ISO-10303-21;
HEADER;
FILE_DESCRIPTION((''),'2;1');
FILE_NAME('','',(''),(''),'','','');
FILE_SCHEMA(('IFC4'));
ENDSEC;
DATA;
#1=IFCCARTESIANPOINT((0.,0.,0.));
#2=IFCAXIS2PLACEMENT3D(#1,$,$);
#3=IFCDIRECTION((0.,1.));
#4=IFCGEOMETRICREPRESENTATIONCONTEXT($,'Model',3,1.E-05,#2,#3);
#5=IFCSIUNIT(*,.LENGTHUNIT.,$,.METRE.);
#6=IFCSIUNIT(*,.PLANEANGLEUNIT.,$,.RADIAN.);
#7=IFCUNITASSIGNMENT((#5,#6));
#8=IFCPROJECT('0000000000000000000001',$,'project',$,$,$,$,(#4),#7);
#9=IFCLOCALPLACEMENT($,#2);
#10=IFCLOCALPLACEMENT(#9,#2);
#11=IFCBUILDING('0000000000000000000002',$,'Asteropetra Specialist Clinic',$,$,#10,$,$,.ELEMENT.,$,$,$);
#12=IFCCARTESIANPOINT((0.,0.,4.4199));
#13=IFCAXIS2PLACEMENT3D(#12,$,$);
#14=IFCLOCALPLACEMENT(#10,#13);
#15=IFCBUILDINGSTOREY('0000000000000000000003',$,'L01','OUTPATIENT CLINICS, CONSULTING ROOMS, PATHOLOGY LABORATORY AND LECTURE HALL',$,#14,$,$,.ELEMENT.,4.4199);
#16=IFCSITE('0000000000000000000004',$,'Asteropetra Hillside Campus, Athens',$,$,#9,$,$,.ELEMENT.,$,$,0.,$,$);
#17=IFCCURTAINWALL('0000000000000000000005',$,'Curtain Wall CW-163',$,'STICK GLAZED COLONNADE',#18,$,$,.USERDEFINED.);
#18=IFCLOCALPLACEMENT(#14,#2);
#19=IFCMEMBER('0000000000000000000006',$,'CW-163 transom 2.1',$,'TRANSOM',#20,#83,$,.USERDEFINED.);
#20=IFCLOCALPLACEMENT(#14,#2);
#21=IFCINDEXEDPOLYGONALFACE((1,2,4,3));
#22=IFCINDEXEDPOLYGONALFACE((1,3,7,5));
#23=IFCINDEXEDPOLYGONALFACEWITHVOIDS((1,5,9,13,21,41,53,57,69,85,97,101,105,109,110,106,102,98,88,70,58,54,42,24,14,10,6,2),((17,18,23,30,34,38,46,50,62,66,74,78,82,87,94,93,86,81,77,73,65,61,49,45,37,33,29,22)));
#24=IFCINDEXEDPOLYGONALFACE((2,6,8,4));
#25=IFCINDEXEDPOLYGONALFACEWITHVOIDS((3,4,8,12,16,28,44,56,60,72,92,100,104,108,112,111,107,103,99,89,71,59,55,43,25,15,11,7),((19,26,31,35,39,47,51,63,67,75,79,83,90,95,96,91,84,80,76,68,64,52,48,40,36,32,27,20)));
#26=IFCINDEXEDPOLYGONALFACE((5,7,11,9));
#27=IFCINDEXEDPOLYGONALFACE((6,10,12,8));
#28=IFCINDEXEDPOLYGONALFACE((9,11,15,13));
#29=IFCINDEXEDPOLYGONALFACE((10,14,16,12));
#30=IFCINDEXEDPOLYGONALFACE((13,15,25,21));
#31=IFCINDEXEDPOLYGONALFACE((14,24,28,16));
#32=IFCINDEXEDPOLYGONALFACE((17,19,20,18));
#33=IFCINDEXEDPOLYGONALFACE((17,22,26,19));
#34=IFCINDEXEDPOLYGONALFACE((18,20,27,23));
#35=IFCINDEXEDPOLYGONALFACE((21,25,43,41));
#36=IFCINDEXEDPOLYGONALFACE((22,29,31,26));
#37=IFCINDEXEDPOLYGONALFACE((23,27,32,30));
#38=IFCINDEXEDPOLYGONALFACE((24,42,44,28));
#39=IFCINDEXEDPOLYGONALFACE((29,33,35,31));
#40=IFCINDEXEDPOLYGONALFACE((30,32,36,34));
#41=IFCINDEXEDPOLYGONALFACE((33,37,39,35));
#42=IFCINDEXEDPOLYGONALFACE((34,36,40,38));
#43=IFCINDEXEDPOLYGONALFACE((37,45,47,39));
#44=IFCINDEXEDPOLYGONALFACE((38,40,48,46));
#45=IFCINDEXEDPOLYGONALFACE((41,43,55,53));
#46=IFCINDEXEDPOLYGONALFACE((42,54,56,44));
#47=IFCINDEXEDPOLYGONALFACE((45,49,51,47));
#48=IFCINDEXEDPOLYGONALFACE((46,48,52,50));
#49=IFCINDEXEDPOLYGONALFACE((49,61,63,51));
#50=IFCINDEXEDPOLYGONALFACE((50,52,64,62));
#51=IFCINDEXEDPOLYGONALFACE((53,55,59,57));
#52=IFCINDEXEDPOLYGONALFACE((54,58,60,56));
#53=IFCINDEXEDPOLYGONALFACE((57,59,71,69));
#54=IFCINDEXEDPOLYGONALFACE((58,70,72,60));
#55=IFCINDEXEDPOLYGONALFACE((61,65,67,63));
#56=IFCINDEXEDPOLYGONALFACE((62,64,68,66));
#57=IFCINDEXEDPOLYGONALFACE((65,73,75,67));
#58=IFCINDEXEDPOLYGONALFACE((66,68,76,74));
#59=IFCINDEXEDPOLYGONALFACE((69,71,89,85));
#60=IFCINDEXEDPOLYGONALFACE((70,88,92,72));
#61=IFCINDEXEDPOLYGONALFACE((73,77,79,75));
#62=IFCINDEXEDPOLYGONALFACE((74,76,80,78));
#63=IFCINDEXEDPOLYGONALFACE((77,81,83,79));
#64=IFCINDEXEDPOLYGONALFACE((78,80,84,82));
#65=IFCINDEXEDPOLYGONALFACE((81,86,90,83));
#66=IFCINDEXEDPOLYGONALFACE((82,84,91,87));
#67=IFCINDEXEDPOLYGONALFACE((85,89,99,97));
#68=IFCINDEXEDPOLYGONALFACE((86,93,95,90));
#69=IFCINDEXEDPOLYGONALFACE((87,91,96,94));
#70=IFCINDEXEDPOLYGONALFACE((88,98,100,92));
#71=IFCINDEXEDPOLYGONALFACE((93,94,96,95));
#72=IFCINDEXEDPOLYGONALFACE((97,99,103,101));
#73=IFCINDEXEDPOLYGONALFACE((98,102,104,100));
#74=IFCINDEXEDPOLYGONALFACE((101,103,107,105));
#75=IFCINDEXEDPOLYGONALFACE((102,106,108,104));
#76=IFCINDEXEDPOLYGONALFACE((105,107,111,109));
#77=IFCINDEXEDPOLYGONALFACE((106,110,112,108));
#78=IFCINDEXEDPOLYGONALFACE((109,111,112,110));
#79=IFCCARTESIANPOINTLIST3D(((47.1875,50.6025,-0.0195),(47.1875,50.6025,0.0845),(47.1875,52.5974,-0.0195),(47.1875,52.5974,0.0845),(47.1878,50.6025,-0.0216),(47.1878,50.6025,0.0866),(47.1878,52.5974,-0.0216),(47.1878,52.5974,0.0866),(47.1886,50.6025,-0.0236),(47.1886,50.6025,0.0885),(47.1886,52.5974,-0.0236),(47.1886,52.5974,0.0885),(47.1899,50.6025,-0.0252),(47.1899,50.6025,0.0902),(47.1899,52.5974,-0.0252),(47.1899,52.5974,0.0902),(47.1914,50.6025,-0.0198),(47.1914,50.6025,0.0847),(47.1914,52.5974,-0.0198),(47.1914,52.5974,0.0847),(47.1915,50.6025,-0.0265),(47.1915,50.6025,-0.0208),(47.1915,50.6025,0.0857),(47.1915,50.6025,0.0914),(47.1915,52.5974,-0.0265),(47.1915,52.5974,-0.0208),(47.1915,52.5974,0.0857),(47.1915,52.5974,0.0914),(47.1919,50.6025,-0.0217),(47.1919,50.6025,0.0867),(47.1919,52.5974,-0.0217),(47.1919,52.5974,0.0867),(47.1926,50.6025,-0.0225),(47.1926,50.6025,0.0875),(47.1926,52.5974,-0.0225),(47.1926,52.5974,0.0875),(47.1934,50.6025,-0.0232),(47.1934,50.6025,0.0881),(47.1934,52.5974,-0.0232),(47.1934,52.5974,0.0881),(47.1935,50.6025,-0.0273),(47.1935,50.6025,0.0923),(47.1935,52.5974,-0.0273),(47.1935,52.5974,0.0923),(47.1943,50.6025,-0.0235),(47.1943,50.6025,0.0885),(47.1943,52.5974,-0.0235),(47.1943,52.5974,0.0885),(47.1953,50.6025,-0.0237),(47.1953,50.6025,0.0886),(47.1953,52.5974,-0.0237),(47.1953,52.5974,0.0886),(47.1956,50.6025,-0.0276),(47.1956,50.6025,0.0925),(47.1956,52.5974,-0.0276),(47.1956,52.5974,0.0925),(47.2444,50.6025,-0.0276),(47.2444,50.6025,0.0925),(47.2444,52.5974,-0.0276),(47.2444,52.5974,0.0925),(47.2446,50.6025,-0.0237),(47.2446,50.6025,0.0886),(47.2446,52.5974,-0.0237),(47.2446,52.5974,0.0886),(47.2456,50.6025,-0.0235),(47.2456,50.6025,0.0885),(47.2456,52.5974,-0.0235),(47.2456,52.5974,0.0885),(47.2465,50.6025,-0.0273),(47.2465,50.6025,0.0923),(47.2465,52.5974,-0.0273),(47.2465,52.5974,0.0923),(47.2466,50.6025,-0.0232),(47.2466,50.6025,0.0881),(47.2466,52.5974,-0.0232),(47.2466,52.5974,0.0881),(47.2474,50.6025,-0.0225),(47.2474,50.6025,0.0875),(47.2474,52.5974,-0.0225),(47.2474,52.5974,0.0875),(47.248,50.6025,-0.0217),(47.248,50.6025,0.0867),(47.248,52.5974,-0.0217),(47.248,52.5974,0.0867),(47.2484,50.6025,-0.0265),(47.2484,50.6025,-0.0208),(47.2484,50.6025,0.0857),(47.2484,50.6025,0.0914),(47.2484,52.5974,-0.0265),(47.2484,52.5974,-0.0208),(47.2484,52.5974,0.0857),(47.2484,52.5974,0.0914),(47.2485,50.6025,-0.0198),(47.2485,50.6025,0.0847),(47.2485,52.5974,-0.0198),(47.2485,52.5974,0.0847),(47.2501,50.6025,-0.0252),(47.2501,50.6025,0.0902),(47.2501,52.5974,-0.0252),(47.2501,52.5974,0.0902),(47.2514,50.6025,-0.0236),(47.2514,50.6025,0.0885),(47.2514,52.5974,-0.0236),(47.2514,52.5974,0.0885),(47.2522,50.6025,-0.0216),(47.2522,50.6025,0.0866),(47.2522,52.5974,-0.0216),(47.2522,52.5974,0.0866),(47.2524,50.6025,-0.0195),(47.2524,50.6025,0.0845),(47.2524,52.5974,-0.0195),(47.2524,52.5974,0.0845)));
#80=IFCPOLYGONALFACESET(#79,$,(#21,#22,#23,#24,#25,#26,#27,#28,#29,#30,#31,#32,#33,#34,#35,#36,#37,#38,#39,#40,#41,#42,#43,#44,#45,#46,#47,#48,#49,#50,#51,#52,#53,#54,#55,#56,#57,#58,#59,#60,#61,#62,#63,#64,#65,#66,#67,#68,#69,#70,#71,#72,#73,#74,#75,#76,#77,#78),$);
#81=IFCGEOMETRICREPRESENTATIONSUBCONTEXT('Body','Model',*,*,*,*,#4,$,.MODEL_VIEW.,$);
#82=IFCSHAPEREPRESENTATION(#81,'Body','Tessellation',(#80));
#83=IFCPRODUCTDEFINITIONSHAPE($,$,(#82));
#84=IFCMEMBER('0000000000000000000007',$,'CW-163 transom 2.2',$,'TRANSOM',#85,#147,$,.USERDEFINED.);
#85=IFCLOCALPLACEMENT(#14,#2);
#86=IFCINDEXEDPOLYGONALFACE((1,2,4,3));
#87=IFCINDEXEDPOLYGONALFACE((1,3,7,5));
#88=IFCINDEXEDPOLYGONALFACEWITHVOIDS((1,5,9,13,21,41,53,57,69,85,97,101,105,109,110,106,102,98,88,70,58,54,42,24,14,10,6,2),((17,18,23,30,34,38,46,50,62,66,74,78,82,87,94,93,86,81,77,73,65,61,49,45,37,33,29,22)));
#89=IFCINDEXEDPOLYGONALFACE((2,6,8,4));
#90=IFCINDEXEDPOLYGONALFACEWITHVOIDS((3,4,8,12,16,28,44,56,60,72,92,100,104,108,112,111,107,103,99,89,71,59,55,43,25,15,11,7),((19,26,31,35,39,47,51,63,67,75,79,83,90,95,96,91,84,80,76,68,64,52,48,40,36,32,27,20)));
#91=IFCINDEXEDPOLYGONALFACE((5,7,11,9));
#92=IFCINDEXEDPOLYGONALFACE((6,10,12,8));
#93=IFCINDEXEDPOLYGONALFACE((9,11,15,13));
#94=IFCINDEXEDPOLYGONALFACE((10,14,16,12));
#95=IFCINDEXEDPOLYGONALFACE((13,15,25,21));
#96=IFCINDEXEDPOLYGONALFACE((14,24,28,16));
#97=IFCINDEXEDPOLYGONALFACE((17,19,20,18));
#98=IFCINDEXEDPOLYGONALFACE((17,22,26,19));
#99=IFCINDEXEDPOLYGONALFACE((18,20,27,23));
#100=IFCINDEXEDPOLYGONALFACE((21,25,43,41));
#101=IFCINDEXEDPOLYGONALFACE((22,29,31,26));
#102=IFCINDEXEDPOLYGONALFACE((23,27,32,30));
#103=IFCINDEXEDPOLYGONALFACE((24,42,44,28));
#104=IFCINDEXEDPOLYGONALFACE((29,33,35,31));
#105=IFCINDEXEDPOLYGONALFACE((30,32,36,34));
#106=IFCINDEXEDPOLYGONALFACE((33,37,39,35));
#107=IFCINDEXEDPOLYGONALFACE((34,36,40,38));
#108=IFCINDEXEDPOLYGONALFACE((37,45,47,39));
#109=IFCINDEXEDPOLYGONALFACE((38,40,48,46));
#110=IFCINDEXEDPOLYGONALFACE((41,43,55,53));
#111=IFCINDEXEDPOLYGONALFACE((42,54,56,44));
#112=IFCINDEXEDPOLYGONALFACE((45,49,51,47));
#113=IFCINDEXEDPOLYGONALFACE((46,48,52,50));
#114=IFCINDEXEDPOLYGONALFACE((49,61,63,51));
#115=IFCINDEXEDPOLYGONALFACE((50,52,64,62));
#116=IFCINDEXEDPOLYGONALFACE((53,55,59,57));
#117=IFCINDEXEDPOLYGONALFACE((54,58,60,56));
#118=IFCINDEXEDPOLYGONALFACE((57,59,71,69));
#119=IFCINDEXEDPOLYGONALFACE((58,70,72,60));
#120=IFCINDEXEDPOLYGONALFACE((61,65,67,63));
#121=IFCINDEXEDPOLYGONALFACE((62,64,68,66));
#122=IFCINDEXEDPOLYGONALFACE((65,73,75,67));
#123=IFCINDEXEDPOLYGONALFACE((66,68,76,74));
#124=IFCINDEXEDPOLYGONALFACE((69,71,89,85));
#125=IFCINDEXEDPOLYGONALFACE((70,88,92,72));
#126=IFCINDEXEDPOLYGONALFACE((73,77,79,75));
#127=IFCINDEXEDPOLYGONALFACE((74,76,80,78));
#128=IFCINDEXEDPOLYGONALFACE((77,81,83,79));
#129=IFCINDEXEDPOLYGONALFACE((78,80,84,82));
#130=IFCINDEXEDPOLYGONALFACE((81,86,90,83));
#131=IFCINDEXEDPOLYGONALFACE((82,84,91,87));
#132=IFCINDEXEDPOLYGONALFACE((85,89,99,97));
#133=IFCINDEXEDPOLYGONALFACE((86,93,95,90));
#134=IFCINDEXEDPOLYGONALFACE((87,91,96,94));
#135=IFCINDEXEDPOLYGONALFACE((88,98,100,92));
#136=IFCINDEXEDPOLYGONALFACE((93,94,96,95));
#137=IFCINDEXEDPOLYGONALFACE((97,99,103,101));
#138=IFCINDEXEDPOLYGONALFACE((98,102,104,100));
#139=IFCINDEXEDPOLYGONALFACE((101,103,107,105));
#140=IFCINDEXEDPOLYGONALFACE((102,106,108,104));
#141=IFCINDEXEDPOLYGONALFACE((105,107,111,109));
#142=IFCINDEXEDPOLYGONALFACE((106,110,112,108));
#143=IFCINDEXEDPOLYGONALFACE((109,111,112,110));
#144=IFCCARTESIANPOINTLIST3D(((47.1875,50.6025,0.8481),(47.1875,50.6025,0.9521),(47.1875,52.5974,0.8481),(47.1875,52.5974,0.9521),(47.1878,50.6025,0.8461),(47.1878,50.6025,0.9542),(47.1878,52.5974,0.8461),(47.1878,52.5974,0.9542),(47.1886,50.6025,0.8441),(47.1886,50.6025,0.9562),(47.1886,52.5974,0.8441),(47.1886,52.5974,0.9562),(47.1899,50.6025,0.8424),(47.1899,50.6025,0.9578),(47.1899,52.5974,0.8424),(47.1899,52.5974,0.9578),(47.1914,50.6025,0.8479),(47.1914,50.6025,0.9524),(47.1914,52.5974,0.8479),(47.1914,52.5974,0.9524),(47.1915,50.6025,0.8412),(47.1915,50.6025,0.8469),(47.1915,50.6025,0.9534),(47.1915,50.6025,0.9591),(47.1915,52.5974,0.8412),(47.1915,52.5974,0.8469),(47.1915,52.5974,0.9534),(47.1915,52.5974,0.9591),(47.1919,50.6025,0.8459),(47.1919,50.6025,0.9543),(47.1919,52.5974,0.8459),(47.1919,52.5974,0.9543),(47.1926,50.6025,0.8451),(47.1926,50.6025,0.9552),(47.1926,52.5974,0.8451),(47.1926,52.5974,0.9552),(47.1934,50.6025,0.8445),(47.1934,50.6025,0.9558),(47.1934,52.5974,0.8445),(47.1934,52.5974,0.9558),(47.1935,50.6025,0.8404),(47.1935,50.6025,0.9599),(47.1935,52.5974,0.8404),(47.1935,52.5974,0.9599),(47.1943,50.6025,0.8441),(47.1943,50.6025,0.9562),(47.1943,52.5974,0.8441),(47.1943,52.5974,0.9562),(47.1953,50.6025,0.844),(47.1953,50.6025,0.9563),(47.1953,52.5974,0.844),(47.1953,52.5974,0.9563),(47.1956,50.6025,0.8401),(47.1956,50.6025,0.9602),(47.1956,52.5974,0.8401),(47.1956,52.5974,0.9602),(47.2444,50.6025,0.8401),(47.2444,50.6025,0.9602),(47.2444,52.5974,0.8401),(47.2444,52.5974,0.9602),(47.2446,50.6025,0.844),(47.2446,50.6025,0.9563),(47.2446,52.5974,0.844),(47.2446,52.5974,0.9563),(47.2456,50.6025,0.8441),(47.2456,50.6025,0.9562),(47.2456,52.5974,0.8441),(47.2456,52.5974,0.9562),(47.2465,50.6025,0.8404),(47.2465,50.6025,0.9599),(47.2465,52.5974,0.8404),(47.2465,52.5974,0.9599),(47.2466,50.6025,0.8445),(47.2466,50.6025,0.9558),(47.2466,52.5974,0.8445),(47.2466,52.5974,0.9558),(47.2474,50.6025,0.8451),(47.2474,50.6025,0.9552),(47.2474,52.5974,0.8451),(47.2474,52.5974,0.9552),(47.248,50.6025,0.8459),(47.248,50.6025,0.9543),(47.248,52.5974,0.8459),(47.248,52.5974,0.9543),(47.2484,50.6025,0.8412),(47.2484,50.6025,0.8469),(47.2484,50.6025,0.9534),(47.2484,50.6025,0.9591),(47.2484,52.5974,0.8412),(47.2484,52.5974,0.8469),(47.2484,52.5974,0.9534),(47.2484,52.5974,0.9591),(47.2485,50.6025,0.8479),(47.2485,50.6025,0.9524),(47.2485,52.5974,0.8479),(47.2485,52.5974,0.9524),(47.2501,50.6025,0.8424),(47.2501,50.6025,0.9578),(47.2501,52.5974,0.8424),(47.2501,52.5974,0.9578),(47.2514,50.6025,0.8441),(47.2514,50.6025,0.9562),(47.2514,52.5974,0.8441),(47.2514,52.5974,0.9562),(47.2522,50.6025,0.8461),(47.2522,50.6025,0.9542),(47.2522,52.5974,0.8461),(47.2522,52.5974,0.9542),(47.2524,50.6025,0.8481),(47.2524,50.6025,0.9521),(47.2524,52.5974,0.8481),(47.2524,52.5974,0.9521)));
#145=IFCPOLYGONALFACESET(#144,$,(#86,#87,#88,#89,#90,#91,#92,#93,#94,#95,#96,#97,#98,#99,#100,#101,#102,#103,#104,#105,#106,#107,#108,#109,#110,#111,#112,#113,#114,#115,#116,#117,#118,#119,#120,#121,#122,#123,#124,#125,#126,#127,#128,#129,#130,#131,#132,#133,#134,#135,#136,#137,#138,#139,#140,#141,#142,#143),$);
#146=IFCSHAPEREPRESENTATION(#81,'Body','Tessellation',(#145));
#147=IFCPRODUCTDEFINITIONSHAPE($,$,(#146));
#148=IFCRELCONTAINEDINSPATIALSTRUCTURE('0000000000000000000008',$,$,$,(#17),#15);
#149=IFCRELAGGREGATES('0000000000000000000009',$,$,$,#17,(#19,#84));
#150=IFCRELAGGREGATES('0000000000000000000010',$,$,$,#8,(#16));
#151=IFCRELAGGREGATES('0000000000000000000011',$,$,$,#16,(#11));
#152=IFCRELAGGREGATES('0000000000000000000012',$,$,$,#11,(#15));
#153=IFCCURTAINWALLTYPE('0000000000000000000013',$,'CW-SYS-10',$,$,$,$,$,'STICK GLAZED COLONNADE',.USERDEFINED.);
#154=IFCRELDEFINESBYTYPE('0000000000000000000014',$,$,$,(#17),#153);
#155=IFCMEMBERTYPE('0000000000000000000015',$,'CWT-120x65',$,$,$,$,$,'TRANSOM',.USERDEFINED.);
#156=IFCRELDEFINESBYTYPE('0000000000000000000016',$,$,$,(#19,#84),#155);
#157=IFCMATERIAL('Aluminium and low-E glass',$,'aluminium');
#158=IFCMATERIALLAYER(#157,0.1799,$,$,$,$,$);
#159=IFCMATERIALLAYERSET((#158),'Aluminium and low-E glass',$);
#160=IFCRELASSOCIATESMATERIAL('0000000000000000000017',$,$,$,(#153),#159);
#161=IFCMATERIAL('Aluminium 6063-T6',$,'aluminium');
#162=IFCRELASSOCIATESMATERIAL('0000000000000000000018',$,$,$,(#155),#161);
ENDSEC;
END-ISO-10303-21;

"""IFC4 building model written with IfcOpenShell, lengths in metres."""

from ifc_helpers import new_model, si_unit, direction, frame, origin, origin_2d, place, context, subcontext, project, spatial, hollow_rectangle, extrude, material, layer, layer_set, material_profile, profile_set, type_object, element, aggregate, save


model = new_model("IFC4")

# Units and contexts
model_context = context("Model", 3, precision=1e-05, world=origin(), true_north=direction((0.0, 1.0)))
body_context = subcontext(model_context, "Body", "Model", "MODEL_VIEW")
ifc_project = project(units=[si_unit("LENGTHUNIT", "METRE"), si_unit("PLANEANGLEUNIT", "RADIAN")], contexts=[model_context])

# Site, building, storey
site_placement = place(None, origin())
site = spatial("IfcSite", under=ifc_project, at=site_placement, Name="Asteropetra Hillside Campus, Athens", CompositionType="ELEMENT", RefElevation=0.0)
building_placement = place(site_placement, origin())
building = spatial("IfcBuilding", under=site, at=building_placement, Name="Asteropetra Specialist Clinic", CompositionType="ELEMENT")
storey_placement = place(building_placement, frame((0.0, 0.0, 4.4199)))
storey = spatial("IfcBuildingStorey", under=building, at=storey_placement, Name="L01", Description="OUTPATIENT CLINICS, CONSULTING ROOMS, PATHOLOGY LABORATORY AND LECTURE HALL", CompositionType="ELEMENT", Elevation=4.4199)

# Curtain wall
ifc_material_1 = material(Name="Aluminium and low-E glass", Category="aluminium")
ifc_layer_1 = layer(ifc_material_1, 0.1799)
ifc_layer_set_1 = layer_set([ifc_layer_1], Name="Aluminium and low-E glass")
curtain_wall_type_1 = type_object("IfcCurtainWallType", Name="CW-SYS-10", ElementType="STICK GLAZED COLONNADE", PredefinedType="USERDEFINED", material=ifc_layer_set_1)
curtain_wall_1_placement = place(storey_placement, origin())
curtain_wall_1 = element("IfcCurtainWall", 1, at=curtain_wall_1_placement, inside=storey, type_object=curtain_wall_type_1, Name="Curtain Wall CW-163", ObjectType="STICK GLAZED COLONNADE", PredefinedType="USERDEFINED")

# Members
ifc_material_2 = material(Name="Aluminium 6063-T6", Category="aluminium")
ifc_material_profile_1 = material_profile(ifc_material_2, hollow_rectangle(XDim=0.0649, YDim=0.1201, WallThickness=0.0039, InnerFilletRadius=0.0039, OuterFilletRadius=0.0081, at=origin_2d()), Name="TRN 120x65x4.0")
ifc_profile_set_1 = profile_set([ifc_material_profile_1], Name="Aluminium 6063-T6")
member_type_1 = type_object("IfcMemberType", Name="CWT-120x65", ElementType="TRANSOM", PredefinedType="USERDEFINED", material=ifc_profile_set_1)
member_1_placement = place(storey_placement, frame((47.22, 50.6025, 0.0325), z_axis=(0.0, 1.0, 0.0), x_axis=(-1.0, 0.0, 0.0)))
member_1 = element("IfcMember", 2, at=member_1_placement, type_object=member_type_1, Name="CW-163 transom 2.1", ObjectType="TRANSOM", PredefinedType="USERDEFINED", context=body_context, shape_type="SweptSolid", body=[
    extrude(hollow_rectangle(XDim=0.0649, YDim=0.1201, WallThickness=0.0039, InnerFilletRadius=0.0039, OuterFilletRadius=0.0081, at=origin_2d()), origin(), (0.0, 0.0, 1.0), 1.9949),
])
member_2_placement = place(storey_placement, frame((47.22, 50.6025, 0.9001), z_axis=(0.0, 1.0, 0.0), x_axis=(-1.0, 0.0, 0.0)))
member_2 = element("IfcMember", 3, at=member_2_placement, type_object=member_type_1, Name="CW-163 transom 2.2", ObjectType="TRANSOM", PredefinedType="USERDEFINED", context=body_context, shape_type="SweptSolid", body=[
    extrude(hollow_rectangle(XDim=0.0649, YDim=0.1201, WallThickness=0.0039, InnerFilletRadius=0.0039, OuterFilletRadius=0.0081, at=origin_2d()), origin(), (0.0, 0.0, 1.0), 1.9949),
])

aggregate(curtain_wall_1, [member_1, member_2])

save(model, "model.ifc")
